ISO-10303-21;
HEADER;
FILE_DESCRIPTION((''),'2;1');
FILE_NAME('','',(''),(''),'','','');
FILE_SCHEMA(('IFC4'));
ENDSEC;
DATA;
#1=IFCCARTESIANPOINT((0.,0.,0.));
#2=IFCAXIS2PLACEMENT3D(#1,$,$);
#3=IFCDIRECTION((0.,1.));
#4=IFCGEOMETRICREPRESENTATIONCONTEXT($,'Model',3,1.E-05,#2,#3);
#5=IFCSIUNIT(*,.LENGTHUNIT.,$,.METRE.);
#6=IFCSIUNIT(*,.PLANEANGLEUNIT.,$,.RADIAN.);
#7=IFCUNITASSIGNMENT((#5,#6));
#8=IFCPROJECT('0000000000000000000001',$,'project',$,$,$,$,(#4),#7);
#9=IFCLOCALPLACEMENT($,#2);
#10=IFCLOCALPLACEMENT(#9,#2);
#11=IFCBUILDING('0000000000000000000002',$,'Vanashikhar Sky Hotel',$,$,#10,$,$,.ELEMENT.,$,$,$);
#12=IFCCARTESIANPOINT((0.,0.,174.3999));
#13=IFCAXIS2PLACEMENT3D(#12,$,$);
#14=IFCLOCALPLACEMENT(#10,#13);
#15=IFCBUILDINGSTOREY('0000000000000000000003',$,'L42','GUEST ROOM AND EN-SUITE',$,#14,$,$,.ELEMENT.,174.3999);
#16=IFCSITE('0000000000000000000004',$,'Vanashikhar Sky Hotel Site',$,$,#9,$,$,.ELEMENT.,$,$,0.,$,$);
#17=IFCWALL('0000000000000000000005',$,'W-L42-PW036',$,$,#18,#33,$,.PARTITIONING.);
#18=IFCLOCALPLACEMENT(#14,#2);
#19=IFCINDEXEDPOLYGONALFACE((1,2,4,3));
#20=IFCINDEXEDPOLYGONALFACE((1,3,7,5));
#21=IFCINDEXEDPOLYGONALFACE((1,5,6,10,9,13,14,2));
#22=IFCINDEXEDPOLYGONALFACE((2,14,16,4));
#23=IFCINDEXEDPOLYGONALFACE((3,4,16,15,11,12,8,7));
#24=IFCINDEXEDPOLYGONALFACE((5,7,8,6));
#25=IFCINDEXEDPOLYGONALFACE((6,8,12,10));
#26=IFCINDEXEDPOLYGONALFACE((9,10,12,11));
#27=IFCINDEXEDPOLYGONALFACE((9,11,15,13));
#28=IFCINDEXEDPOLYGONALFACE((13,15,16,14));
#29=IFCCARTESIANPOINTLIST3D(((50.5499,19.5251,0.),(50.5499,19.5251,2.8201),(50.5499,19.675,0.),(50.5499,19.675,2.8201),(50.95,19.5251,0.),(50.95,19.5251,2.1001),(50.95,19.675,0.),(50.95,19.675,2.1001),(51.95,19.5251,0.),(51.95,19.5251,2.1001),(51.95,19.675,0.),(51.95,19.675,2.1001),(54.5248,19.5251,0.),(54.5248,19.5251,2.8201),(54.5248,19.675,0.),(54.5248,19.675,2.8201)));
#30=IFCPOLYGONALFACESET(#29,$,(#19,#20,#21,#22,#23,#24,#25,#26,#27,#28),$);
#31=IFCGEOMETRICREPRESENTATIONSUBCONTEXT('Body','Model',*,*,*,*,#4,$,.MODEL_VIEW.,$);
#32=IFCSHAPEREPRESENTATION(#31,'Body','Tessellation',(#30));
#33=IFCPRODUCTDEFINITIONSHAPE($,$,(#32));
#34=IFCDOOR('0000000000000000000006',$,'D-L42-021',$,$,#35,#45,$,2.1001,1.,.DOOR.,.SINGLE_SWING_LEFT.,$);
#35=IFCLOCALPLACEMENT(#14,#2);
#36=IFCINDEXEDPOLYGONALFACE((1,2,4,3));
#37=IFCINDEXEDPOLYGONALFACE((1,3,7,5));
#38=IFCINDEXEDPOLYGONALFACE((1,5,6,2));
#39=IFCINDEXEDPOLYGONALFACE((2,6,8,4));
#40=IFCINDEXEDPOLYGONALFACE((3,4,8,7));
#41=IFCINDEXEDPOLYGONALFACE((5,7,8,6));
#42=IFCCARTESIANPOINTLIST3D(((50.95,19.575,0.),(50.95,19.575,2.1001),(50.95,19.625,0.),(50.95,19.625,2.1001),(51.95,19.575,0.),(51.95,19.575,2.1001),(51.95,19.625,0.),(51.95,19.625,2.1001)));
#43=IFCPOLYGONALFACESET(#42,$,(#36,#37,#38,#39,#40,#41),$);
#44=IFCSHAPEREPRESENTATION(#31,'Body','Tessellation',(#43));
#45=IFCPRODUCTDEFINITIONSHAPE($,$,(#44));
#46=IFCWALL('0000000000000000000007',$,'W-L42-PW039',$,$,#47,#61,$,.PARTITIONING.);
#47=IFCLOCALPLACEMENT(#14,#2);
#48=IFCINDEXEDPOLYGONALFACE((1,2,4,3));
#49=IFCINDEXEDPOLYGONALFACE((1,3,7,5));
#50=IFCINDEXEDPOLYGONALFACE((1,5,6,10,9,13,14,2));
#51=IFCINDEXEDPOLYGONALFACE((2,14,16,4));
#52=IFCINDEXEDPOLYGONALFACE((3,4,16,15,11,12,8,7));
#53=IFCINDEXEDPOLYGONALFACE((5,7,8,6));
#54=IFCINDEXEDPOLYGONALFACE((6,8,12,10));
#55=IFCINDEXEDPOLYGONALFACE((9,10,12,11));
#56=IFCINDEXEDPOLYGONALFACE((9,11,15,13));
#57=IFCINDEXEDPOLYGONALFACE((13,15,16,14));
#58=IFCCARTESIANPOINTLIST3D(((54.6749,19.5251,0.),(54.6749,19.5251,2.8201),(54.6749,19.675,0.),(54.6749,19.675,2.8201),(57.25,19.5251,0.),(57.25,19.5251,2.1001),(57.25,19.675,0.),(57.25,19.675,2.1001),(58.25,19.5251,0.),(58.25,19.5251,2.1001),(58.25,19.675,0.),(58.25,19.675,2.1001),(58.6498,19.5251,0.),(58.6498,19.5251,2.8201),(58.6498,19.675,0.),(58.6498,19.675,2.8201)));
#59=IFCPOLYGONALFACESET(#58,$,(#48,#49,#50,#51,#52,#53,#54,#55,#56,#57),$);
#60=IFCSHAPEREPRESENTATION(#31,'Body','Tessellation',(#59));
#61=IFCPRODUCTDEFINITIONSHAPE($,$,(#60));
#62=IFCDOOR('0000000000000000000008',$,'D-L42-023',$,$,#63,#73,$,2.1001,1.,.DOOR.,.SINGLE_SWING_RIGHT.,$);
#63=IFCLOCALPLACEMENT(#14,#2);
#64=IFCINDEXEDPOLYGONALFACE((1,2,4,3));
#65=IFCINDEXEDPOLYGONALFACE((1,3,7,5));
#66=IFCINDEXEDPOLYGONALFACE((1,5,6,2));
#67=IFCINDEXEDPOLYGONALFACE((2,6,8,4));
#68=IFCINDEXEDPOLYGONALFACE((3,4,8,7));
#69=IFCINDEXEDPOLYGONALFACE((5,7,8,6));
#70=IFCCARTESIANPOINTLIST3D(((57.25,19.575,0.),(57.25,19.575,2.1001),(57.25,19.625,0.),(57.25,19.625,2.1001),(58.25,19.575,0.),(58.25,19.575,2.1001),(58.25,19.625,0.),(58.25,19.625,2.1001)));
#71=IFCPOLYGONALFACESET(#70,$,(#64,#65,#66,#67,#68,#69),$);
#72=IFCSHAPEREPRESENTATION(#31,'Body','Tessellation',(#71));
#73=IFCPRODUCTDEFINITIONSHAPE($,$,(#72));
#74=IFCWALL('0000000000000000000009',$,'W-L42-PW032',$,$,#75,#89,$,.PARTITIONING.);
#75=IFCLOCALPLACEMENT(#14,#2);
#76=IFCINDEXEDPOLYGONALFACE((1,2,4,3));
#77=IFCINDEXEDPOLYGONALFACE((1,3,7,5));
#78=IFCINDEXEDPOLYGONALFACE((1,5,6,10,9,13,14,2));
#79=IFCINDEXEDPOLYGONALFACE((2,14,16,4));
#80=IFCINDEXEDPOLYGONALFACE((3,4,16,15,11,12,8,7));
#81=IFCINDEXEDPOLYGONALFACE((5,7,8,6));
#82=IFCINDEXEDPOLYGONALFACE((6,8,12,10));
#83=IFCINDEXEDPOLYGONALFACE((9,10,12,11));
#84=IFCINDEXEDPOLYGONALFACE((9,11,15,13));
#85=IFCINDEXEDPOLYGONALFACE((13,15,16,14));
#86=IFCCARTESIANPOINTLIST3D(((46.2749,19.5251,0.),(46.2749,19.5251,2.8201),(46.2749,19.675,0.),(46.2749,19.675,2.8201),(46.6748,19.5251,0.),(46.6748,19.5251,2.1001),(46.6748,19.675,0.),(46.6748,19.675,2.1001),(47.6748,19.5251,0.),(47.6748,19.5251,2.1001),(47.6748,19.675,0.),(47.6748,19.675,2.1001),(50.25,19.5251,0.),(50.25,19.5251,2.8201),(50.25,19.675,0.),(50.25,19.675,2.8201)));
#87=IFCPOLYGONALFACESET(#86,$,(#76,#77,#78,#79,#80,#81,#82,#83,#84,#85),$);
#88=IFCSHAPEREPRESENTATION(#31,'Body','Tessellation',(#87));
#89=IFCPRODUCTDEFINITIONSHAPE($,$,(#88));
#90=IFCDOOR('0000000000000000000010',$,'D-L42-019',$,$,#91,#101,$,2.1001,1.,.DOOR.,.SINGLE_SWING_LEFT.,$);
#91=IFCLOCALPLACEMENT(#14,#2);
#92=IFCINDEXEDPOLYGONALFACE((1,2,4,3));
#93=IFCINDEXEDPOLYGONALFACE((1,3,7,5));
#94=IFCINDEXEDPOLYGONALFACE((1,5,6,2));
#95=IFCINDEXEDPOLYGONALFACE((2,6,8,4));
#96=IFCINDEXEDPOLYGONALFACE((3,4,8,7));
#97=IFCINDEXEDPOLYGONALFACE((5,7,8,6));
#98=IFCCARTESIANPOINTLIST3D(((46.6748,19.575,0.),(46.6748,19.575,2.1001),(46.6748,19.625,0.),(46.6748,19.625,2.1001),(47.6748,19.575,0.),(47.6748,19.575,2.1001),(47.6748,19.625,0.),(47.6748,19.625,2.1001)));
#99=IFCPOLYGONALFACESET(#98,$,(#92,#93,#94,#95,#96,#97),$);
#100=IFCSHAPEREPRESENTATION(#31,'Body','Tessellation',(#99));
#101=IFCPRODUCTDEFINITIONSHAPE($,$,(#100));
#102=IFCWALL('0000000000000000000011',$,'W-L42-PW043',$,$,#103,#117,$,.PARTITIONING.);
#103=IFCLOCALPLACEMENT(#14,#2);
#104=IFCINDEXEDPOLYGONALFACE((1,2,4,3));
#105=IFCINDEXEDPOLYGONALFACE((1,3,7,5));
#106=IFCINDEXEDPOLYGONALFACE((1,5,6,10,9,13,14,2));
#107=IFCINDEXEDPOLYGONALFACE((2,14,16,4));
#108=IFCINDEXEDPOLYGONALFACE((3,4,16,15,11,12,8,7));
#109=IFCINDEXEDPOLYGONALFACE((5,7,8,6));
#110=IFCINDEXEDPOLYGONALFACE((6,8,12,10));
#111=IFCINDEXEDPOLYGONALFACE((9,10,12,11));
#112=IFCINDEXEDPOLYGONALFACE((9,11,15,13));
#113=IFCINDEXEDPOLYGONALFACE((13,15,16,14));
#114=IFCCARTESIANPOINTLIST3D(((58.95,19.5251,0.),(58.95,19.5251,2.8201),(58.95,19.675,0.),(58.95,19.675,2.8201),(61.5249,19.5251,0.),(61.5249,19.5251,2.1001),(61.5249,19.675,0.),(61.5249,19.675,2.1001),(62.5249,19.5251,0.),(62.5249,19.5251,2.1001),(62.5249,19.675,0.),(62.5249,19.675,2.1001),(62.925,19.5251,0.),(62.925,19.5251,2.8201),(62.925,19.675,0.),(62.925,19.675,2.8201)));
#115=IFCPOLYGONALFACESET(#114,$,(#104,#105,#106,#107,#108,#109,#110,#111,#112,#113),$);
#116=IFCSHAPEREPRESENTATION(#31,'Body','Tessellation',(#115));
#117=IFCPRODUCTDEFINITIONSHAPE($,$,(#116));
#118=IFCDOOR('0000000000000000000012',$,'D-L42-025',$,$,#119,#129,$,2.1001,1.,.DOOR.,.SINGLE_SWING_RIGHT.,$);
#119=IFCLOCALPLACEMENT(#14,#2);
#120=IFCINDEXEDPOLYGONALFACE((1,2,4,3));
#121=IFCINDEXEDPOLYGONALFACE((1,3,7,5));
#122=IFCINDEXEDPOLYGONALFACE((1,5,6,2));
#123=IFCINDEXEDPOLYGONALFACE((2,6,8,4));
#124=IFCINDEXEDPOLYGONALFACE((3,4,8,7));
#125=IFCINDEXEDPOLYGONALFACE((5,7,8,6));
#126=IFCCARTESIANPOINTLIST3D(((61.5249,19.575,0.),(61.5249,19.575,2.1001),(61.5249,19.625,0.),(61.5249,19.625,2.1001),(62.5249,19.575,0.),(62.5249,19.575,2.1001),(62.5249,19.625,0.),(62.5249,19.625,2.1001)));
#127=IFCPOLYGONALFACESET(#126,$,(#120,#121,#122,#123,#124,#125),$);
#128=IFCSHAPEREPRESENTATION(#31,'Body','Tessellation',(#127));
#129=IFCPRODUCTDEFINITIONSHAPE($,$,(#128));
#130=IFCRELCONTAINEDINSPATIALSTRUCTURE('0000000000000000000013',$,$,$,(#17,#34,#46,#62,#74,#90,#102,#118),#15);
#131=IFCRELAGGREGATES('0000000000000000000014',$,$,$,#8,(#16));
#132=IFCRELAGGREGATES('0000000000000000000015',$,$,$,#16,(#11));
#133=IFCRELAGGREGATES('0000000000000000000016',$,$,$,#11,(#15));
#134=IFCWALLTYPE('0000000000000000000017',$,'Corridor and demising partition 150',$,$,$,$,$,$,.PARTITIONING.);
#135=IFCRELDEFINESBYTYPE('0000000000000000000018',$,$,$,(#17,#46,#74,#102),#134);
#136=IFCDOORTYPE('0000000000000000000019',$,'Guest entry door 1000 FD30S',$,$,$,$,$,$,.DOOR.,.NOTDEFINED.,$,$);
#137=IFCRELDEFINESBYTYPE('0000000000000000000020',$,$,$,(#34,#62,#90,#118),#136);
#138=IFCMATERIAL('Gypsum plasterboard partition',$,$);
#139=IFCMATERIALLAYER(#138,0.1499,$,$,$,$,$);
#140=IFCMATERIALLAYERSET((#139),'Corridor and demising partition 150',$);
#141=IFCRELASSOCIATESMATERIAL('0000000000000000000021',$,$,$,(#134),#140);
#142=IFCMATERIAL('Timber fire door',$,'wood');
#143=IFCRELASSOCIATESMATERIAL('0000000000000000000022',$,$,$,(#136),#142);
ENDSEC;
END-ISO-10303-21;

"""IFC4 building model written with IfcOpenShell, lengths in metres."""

from ifc_helpers import new_model, si_unit, direction, frame, frame_2d, origin, place, context, subcontext, project, spatial, rectangle, extrude, source, transform, mapped, material, layer, layer_set, type_object, element, fill, save


model = new_model("IFC4")

# Units and contexts
model_context = context("Model", 3, precision=1e-05, world=origin(), true_north=direction((0.0, 1.0)))
body_context = subcontext(model_context, "Body", "Model", "MODEL_VIEW")
ifc_project = project(units=[si_unit("LENGTHUNIT", "METRE"), si_unit("PLANEANGLEUNIT", "RADIAN")], contexts=[model_context])

# Site, building, storey
site_placement = place(None, origin())
site = spatial("IfcSite", under=ifc_project, at=site_placement, Name="Vanashikhar Sky Hotel Site", CompositionType="ELEMENT", RefElevation=0.0)
building_placement = place(site_placement, origin())
building = spatial("IfcBuilding", under=site, at=building_placement, Name="Vanashikhar Sky Hotel", CompositionType="ELEMENT")
storey_placement = place(building_placement, frame((0.0, 0.0, 174.3999)))
storey = spatial("IfcBuildingStorey", under=building, at=storey_placement, Name="L42", Description="GUEST ROOM AND EN-SUITE", CompositionType="ELEMENT", Elevation=174.3999)

# Shared definitions
ifc_material_1 = material(Name="Gypsum plasterboard partition")

# Walls, openings, doors
ifc_layer_1 = layer(ifc_material_1, 0.1499)
ifc_layer_set_1 = layer_set([ifc_layer_1], Name="Corridor and demising partition 150")
wall_type_1 = type_object("IfcWallType", Name="Corridor and demising partition 150", PredefinedType="PARTITIONING", material=ifc_layer_set_1)
shared_shape_1 = source(origin(), body_context, "Body", "SweptSolid", [
    extrude(rectangle(XDim=3.9749, YDim=0.1499, at=frame_2d((1.9873, 0.0))), origin(), (0.0, 0.0, 1.0), 2.8201),
])
wall_1_placement = place(storey_placement, frame((50.55, 19.6001, 0.0), z_axis=(0.0, 0.0, 1.0), x_axis=(1.0, 0.0, 0.0)))
wall_1 = element("IfcWall", 1, at=wall_1_placement, inside=storey, type_object=wall_type_1, Name="W-L42-PW036", PredefinedType="PARTITIONING", context=body_context, shape_type="MappedRepresentation", body=[
    mapped(shared_shape_1, transform((0.0, 0.0, 0.0), scale=1.0)),
])
shared_shape_2 = source(origin(), body_context, "Body", "SweptSolid", [
    extrude(rectangle(XDim=1.0, YDim=2.1001, at=frame_2d((0.5, 1.05))), frame((0.0, 0.085, 0.0), z_axis=(0.0, -1.0, 0.0), x_axis=(1.0, 0.0, 0.0)), (0.0, 0.0, 1.0), 0.1699),
])
opening_1_placement = place(wall_1_placement, frame((0.3999, 0.0, 0.0)))
opening_1 = element("IfcOpeningElement", 2, at=opening_1_placement, cuts=wall_1, PredefinedType="OPENING", context=body_context, shape_type="MappedRepresentation", body=[
    mapped(shared_shape_2, transform((0.0, 0.0, 0.0), scale=1.0)),
])
ifc_material_2 = material(Name="Timber fire door", Category="wood")
door_type_1 = type_object("IfcDoorType", Name="Guest entry door 1000 FD30S", OperationType="NOTDEFINED", PredefinedType="DOOR", material=ifc_material_2)
shared_shape_3 = source(origin(), body_context, "Body", "SweptSolid", [
    extrude(rectangle(XDim=1.0, YDim=2.1001, at=frame_2d((0.5, 1.05))), frame((0.0, 0.0249, 0.0), z_axis=(0.0, -1.0, 0.0), x_axis=(1.0, 0.0, 0.0)), (0.0, 0.0, 1.0), 0.05),
])
door_1_placement = place(opening_1_placement, origin())
door_1 = element("IfcDoor", 3, at=door_1_placement, inside=storey, type_object=door_type_1, Name="D-L42-021", OperationType="SINGLE_SWING_LEFT", OverallHeight=2.1001, OverallWidth=1.0, PredefinedType="DOOR", context=body_context, shape_type="MappedRepresentation", body=[
    mapped(shared_shape_3, transform((0.0, 0.0, 0.0), scale=1.0)),
])
fill(opening_1, door_1)
wall_2_placement = place(storey_placement, frame((54.675, 19.6001, 0.0), z_axis=(0.0, 0.0, 1.0), x_axis=(1.0, 0.0, 0.0)))
wall_2 = element("IfcWall", 4, at=wall_2_placement, inside=storey, type_object=wall_type_1, Name="W-L42-PW039", PredefinedType="PARTITIONING", context=body_context, shape_type="MappedRepresentation", body=[
    mapped(shared_shape_1, transform((0.0, 0.0, 0.0), scale=1.0)),
])
opening_2_placement = place(wall_2_placement, frame((2.575, 0.0, 0.0)))
opening_2 = element("IfcOpeningElement", 5, at=opening_2_placement, cuts=wall_2, PredefinedType="OPENING", context=body_context, shape_type="MappedRepresentation", body=[
    mapped(shared_shape_2, transform((0.0, 0.0, 0.0), scale=1.0)),
])
door_2_placement = place(opening_2_placement, origin())
door_2 = element("IfcDoor", 6, at=door_2_placement, inside=storey, type_object=door_type_1, Name="D-L42-023", OperationType="SINGLE_SWING_RIGHT", OverallHeight=2.1001, OverallWidth=1.0, PredefinedType="DOOR", context=body_context, shape_type="MappedRepresentation", body=[
    mapped(shared_shape_3, transform((0.0, 0.0, 0.0), scale=1.0)),
])
fill(opening_2, door_2)
shared_shape_4 = source(origin(), body_context, "Body", "SweptSolid", [
    extrude(rectangle(XDim=3.9751, YDim=0.1499, at=frame_2d((1.9875, 0.0))), origin(), (0.0, 0.0, 1.0), 2.8201),
])
wall_3_placement = place(storey_placement, frame((46.2749, 19.6001, 0.0), z_axis=(0.0, 0.0, 1.0), x_axis=(1.0, 0.0, 0.0)))
wall_3 = element("IfcWall", 7, at=wall_3_placement, inside=storey, type_object=wall_type_1, Name="W-L42-PW032", PredefinedType="PARTITIONING", context=body_context, shape_type="MappedRepresentation", body=[
    mapped(shared_shape_4, transform((0.0, 0.0, 0.0), scale=1.0)),
])
opening_3_placement = place(wall_3_placement, frame((0.3999, 0.0, 0.0)))
opening_3 = element("IfcOpeningElement", 8, at=opening_3_placement, cuts=wall_3, PredefinedType="OPENING", context=body_context, shape_type="MappedRepresentation", body=[
    mapped(shared_shape_2, transform((0.0, 0.0, 0.0), scale=1.0)),
])
door_3_placement = place(opening_3_placement, origin())
door_3 = element("IfcDoor", 9, at=door_3_placement, inside=storey, type_object=door_type_1, Name="D-L42-019", OperationType="SINGLE_SWING_LEFT", OverallHeight=2.1001, OverallWidth=1.0, PredefinedType="DOOR", context=body_context, shape_type="MappedRepresentation", body=[
    mapped(shared_shape_3, transform((0.0, 0.0, 0.0), scale=1.0)),
])
fill(opening_3, door_3)
wall_4_placement = place(storey_placement, frame((58.95, 19.6001, 0.0), z_axis=(0.0, 0.0, 1.0), x_axis=(1.0, 0.0, 0.0)))
wall_4 = element("IfcWall", 10, at=wall_4_placement, inside=storey, type_object=wall_type_1, Name="W-L42-PW043", PredefinedType="PARTITIONING", context=body_context, shape_type="MappedRepresentation", body=[
    mapped(shared_shape_4, transform((0.0, 0.0, 0.0), scale=1.0)),
])
opening_4_placement = place(wall_4_placement, frame((2.575, 0.0, 0.0)))
opening_4 = element("IfcOpeningElement", 11, at=opening_4_placement, cuts=wall_4, PredefinedType="OPENING", context=body_context, shape_type="MappedRepresentation", body=[
    mapped(shared_shape_2, transform((0.0, 0.0, 0.0), scale=1.0)),
])
door_4_placement = place(opening_4_placement, origin())
door_4 = element("IfcDoor", 12, at=door_4_placement, inside=storey, type_object=door_type_1, Name="D-L42-025", OperationType="SINGLE_SWING_RIGHT", OverallHeight=2.1001, OverallWidth=1.0, PredefinedType="DOOR", context=body_context, shape_type="MappedRepresentation", body=[
    mapped(shared_shape_3, transform((0.0, 0.0, 0.0), scale=1.0)),
])
fill(opening_4, door_4)

save(model, "model.ifc")
